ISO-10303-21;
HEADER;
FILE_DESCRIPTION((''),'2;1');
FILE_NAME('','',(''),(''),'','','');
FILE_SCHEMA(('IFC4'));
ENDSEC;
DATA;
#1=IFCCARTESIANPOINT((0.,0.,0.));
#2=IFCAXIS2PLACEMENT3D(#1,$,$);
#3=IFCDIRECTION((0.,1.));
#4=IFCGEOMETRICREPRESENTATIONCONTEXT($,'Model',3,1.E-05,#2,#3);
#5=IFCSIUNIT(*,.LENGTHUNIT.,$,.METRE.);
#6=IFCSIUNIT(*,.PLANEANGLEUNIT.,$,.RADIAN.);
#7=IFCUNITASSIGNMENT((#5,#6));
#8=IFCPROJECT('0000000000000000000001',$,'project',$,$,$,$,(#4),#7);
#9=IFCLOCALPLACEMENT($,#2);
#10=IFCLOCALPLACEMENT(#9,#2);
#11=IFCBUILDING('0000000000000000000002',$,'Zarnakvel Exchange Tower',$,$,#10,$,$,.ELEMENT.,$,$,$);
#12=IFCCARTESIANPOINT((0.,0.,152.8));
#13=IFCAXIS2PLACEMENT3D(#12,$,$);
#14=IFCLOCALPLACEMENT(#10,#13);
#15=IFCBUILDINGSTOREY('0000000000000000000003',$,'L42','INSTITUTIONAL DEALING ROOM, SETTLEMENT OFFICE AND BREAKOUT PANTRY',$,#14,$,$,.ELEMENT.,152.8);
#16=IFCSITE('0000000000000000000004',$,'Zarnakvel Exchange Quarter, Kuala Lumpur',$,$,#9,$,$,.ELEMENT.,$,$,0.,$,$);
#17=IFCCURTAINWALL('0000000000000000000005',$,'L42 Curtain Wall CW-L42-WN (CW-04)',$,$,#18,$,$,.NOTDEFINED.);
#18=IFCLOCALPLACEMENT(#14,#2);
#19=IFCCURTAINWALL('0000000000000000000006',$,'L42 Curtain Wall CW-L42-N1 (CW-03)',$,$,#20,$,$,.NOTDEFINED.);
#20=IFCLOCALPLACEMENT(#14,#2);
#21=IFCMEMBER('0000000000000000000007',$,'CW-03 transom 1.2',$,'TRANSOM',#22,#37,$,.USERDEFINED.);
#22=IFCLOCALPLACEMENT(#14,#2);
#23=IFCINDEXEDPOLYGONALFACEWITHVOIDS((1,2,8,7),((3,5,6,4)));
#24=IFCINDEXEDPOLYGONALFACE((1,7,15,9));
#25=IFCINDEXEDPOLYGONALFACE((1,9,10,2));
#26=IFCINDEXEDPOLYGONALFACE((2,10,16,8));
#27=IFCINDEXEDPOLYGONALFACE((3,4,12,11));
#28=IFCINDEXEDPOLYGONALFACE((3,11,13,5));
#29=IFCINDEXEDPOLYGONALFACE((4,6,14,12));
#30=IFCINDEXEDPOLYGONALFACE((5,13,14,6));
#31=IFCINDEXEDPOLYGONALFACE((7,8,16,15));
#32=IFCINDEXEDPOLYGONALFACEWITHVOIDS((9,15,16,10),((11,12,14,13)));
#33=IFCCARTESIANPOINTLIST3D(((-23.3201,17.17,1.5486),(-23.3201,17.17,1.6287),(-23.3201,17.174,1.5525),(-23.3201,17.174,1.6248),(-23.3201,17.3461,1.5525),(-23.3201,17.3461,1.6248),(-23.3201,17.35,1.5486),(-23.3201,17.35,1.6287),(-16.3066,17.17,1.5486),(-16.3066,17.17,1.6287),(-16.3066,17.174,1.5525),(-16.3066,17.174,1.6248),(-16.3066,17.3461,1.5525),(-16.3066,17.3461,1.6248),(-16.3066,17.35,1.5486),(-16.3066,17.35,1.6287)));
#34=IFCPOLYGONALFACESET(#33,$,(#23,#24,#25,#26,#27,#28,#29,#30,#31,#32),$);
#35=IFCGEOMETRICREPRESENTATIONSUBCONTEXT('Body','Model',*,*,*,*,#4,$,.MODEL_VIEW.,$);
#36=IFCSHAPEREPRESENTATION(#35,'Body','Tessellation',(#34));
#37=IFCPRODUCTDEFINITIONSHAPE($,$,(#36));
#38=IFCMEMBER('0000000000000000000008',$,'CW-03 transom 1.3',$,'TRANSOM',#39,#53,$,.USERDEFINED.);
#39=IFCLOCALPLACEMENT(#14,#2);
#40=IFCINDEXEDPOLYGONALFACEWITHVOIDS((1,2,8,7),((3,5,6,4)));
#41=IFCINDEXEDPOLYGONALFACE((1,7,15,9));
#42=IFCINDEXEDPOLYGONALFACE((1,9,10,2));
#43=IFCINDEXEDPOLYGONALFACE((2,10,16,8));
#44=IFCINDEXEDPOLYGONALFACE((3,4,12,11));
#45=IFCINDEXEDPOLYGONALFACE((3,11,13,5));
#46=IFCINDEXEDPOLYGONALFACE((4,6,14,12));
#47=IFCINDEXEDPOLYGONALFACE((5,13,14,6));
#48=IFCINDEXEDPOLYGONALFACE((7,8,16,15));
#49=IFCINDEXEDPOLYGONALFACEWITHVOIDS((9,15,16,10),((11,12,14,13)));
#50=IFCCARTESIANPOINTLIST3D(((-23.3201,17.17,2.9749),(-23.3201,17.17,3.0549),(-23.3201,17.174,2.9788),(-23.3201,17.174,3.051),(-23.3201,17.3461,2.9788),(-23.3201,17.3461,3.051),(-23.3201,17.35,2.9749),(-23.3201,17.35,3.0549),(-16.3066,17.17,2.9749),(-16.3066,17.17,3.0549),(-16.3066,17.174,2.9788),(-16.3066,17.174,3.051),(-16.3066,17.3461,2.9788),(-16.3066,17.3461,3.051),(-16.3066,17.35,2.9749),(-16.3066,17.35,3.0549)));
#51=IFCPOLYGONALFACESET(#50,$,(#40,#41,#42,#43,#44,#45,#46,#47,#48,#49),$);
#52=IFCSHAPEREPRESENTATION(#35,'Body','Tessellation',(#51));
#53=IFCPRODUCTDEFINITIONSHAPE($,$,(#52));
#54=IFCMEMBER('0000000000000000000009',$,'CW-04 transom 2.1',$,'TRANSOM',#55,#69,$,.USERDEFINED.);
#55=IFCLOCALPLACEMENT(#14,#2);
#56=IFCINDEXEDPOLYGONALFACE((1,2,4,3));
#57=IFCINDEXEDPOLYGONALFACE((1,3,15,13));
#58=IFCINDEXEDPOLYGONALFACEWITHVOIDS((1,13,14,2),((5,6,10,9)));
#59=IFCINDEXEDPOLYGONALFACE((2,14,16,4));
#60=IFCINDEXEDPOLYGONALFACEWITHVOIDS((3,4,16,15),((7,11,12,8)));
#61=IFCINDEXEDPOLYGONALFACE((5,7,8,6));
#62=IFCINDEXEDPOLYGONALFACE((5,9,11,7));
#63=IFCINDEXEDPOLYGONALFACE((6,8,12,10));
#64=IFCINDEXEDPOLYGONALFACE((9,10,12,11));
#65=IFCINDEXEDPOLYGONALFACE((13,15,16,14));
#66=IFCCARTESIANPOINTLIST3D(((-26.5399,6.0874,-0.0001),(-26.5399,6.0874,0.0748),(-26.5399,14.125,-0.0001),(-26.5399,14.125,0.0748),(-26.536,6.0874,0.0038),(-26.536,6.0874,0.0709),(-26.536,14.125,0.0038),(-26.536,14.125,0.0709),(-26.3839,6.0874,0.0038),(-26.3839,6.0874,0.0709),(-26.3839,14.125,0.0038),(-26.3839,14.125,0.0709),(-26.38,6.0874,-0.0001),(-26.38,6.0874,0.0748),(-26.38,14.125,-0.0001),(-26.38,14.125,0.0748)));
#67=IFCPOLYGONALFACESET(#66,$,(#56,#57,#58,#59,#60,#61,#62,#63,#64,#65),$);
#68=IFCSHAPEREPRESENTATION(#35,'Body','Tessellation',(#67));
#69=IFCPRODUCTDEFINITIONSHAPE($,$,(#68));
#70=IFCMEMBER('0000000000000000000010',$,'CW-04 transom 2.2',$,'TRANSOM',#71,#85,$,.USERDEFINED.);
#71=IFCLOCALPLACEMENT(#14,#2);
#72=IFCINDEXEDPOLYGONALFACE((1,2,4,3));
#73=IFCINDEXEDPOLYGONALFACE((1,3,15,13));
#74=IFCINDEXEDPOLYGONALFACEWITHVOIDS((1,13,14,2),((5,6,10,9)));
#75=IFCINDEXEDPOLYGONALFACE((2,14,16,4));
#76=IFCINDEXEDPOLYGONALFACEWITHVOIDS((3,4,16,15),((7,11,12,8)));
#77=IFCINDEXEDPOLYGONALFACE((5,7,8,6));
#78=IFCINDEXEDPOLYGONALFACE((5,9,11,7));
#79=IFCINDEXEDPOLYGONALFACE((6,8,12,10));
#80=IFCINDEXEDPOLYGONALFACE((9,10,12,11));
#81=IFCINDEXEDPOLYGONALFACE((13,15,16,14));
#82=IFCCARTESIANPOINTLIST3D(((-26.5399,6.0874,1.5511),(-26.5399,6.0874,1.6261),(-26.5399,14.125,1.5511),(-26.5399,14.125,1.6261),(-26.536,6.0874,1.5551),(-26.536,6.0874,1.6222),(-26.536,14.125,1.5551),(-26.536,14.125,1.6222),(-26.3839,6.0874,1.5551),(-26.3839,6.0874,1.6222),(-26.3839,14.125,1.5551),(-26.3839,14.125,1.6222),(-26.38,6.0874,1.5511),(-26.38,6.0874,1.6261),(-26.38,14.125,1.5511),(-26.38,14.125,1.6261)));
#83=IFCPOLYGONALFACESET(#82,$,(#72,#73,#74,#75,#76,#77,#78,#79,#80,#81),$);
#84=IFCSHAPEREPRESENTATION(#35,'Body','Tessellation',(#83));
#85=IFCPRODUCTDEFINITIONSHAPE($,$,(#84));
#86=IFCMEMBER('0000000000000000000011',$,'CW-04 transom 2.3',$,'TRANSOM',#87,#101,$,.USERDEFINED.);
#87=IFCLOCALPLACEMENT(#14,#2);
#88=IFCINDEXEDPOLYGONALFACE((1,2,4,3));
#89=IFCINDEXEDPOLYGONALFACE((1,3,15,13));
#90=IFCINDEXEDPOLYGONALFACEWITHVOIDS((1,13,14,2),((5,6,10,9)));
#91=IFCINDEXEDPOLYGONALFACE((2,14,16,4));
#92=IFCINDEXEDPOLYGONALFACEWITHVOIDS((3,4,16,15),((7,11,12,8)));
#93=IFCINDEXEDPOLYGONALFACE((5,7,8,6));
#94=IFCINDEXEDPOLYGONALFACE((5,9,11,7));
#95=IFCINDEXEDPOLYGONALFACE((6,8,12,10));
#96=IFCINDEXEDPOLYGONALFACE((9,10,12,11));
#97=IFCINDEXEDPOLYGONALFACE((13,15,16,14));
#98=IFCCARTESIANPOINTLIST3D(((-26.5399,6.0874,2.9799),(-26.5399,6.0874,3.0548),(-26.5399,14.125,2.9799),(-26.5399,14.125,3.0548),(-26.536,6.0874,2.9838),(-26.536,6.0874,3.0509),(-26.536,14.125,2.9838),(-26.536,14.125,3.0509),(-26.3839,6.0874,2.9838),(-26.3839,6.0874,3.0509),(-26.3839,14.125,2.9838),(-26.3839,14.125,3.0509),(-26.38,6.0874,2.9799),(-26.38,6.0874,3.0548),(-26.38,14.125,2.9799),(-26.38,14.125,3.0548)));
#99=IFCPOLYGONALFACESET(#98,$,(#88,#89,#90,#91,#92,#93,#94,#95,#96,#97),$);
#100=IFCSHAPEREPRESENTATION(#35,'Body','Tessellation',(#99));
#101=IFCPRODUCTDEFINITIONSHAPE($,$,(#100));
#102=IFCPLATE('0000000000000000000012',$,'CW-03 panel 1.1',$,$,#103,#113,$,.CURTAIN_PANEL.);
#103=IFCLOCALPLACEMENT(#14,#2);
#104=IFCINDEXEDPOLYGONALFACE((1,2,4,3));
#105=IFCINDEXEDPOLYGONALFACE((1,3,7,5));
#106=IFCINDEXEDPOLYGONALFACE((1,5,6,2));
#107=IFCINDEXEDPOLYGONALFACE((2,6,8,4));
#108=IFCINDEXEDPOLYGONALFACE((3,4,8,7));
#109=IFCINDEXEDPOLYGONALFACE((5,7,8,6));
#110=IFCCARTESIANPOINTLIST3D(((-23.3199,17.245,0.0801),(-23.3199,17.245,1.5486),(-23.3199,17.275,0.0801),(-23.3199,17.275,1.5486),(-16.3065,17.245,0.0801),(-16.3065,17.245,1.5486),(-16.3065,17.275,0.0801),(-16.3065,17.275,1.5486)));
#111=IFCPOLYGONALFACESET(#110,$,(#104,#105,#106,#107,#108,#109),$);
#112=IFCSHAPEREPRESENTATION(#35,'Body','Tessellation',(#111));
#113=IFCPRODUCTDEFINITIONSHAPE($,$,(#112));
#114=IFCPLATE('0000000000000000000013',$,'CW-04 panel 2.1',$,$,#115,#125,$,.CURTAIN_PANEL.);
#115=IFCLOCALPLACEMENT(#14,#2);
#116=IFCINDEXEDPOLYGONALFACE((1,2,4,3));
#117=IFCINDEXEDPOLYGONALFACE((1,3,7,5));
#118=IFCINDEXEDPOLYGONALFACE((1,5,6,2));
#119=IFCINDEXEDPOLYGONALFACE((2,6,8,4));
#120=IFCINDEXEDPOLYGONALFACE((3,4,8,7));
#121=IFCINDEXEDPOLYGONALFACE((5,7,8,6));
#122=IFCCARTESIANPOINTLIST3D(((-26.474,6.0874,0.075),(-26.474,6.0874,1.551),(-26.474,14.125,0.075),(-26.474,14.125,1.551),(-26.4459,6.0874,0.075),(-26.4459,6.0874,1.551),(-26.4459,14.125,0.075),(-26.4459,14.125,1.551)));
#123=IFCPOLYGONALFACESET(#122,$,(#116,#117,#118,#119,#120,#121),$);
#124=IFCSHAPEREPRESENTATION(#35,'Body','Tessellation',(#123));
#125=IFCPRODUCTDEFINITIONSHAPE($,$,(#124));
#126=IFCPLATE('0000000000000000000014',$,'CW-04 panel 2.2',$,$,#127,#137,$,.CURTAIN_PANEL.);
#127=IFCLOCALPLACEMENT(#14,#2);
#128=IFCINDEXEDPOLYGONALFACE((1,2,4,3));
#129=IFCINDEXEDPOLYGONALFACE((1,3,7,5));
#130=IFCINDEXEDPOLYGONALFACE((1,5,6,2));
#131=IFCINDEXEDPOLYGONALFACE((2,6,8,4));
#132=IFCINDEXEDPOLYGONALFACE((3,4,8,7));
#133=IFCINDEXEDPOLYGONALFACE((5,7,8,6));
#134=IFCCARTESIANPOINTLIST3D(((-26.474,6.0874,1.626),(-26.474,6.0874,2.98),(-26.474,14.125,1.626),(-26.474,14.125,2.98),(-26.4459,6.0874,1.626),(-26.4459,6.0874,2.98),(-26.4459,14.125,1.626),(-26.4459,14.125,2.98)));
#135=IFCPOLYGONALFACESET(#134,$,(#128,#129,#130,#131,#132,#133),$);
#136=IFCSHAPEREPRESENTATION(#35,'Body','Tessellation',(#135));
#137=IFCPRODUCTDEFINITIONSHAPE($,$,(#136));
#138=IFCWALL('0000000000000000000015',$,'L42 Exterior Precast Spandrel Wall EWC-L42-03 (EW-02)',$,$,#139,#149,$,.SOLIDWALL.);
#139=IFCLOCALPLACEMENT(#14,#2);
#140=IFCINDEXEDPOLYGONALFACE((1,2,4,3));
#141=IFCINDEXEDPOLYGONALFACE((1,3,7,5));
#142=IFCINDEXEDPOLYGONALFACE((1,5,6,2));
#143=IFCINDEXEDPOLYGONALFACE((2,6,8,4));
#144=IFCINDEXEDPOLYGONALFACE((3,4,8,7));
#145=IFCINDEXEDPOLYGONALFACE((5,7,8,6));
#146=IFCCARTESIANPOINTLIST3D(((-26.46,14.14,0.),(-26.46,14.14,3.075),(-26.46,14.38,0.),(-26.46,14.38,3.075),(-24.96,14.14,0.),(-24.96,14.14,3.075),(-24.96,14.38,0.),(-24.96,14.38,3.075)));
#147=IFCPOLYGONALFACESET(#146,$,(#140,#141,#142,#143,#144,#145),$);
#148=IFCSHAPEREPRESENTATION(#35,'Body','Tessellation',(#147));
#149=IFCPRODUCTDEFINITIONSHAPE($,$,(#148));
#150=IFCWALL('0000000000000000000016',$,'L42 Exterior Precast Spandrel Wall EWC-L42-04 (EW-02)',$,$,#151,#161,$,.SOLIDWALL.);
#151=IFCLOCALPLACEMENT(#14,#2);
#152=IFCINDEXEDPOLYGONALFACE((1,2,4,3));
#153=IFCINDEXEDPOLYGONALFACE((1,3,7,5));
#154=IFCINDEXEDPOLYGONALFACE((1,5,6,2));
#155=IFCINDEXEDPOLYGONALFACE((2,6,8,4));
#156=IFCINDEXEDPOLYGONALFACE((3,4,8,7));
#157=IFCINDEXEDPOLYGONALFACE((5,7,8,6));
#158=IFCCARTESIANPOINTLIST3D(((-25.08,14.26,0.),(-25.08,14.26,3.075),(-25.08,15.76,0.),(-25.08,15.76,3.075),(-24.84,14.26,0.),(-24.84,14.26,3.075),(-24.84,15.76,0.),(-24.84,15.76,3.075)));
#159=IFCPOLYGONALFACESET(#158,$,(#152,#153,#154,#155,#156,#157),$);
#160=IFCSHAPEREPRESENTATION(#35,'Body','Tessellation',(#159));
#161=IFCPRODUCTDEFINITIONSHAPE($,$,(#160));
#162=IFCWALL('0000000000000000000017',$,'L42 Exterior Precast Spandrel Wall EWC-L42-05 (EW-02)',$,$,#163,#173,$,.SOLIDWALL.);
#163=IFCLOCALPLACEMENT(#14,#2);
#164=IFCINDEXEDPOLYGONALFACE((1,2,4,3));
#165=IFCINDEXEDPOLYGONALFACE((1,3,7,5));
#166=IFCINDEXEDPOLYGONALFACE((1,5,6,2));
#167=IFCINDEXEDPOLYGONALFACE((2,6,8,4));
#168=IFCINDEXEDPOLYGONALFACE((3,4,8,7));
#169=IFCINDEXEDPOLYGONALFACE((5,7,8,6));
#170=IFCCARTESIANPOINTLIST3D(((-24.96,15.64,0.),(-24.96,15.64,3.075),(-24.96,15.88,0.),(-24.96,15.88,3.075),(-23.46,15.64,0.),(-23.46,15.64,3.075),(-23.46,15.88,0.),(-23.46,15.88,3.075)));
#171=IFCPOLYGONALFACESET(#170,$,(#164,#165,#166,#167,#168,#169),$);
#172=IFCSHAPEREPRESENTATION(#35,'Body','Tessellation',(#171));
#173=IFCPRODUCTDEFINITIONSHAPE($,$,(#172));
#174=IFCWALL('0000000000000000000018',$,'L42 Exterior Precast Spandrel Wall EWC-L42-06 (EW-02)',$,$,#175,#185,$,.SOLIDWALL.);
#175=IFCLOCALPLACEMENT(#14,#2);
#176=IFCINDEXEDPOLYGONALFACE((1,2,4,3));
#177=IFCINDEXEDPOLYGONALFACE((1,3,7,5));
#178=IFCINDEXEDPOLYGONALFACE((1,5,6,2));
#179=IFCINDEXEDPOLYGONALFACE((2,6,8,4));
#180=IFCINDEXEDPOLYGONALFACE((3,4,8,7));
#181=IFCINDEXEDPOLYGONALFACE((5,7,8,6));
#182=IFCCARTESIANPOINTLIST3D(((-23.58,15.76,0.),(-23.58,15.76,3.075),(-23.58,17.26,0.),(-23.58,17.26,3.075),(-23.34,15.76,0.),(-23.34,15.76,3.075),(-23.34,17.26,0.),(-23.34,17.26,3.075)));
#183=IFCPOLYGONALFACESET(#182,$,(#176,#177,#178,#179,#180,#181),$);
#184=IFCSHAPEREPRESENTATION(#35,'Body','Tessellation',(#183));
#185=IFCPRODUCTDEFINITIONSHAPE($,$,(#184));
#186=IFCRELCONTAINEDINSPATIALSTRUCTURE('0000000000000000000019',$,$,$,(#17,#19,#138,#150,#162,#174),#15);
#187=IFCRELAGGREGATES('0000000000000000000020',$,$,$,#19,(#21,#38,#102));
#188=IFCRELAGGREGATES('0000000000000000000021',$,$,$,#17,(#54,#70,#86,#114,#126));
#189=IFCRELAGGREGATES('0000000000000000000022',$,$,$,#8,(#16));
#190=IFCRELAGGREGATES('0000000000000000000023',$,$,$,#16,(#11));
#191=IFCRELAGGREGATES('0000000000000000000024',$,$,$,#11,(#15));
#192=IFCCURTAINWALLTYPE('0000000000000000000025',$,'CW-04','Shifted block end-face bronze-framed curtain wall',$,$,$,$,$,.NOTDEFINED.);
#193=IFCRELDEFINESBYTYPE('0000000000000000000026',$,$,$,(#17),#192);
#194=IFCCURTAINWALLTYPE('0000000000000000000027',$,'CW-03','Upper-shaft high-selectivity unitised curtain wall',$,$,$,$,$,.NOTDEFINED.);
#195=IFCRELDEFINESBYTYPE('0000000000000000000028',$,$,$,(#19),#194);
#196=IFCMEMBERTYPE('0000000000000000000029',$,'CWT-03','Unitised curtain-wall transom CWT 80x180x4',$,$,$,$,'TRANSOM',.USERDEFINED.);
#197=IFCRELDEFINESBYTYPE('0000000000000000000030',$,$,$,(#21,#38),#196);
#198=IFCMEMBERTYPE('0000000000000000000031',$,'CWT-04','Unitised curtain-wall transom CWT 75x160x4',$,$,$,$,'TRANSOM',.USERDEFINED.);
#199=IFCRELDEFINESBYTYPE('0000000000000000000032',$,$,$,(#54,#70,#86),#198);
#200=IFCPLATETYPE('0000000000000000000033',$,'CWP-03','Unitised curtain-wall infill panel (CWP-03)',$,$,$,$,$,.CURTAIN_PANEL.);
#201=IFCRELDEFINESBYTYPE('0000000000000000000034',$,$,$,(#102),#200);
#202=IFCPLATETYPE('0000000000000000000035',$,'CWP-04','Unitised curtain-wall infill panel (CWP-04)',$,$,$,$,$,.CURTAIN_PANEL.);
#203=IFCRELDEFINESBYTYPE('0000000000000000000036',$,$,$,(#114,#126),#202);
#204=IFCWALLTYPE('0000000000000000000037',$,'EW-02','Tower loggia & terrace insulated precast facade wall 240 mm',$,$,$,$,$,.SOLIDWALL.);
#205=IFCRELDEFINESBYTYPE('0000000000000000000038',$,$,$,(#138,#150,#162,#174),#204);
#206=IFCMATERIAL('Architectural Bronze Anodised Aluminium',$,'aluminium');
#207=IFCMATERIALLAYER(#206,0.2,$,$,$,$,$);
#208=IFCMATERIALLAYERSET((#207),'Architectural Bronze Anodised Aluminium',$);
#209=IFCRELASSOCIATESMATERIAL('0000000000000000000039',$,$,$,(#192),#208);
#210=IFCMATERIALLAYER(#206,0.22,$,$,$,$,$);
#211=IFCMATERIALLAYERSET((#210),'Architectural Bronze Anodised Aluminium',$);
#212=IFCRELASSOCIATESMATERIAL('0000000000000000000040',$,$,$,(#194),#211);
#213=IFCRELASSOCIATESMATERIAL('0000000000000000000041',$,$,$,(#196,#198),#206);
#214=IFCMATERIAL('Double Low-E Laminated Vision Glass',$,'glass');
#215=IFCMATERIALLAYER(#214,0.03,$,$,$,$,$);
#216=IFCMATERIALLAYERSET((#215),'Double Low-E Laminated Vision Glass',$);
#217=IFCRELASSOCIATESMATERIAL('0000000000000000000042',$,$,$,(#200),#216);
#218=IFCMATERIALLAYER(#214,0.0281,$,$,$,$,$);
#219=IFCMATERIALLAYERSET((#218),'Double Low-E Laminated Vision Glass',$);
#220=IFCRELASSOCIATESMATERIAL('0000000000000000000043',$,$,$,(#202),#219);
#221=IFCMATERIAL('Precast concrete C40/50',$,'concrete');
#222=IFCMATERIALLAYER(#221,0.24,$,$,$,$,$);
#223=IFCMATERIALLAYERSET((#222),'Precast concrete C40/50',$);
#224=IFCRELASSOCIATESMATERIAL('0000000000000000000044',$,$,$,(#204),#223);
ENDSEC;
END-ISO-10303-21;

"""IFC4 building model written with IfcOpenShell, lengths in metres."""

from ifc_helpers import new_model, si_unit, direction, frame, frame_2d, origin, origin_2d, place, context, subcontext, project, spatial, rectangle, hollow_rectangle, extrude, source, transform, mapped, material, layer, layer_set, material_profile, profile_set, type_object, element, aggregate, save


model = new_model("IFC4")

# Units and contexts
model_context = context("Model", 3, precision=1e-05, world=origin(), true_north=direction((0.0, 1.0)))
body_context = subcontext(model_context, "Body", "Model", "MODEL_VIEW")
ifc_project = project(units=[si_unit("LENGTHUNIT", "METRE"), si_unit("PLANEANGLEUNIT", "RADIAN")], contexts=[model_context])

# Site, building, storey
site_placement = place(None, origin())
site = spatial("IfcSite", under=ifc_project, at=site_placement, Name="Zarnakvel Exchange Quarter, Kuala Lumpur", CompositionType="ELEMENT", RefElevation=0.0)
building_placement = place(site_placement, origin())
building = spatial("IfcBuilding", under=site, at=building_placement, Name="Zarnakvel Exchange Tower", CompositionType="ELEMENT")
storey_placement = place(building_placement, frame((0.0, 0.0, 152.8)))
storey = spatial("IfcBuildingStorey", under=building, at=storey_placement, Name="L42", Description="INSTITUTIONAL DEALING ROOM, SETTLEMENT OFFICE AND BREAKOUT PANTRY", CompositionType="ELEMENT", Elevation=152.8)

# Curtain walls, members
ifc_material_1 = material(Name="Architectural Bronze Anodised Aluminium", Category="aluminium")
ifc_layer_1 = layer(ifc_material_1, 0.2)
ifc_layer_set_1 = layer_set([ifc_layer_1], Name="Architectural Bronze Anodised Aluminium")
curtain_wall_type_1 = type_object("IfcCurtainWallType", Name="CW-04", Description="Shifted block end-face bronze-framed curtain wall", PredefinedType="NOTDEFINED", material=ifc_layer_set_1)
curtain_wall_1_placement = place(storey_placement, origin())
curtain_wall_1 = element("IfcCurtainWall", 1, at=curtain_wall_1_placement, inside=storey, type_object=curtain_wall_type_1, Name="L42 Curtain Wall CW-L42-WN (CW-04)", PredefinedType="NOTDEFINED")
ifc_layer_2 = layer(ifc_material_1, 0.22)
ifc_layer_set_2 = layer_set([ifc_layer_2], Name="Architectural Bronze Anodised Aluminium")
curtain_wall_type_2 = type_object("IfcCurtainWallType", Name="CW-03", Description="Upper-shaft high-selectivity unitised curtain wall", PredefinedType="NOTDEFINED", material=ifc_layer_set_2)
curtain_wall_2_placement = place(storey_placement, origin())
curtain_wall_2 = element("IfcCurtainWall", 2, at=curtain_wall_2_placement, inside=storey, type_object=curtain_wall_type_2, Name="L42 Curtain Wall CW-L42-N1 (CW-03)", PredefinedType="NOTDEFINED")
ifc_material_profile_1 = material_profile(ifc_material_1, hollow_rectangle(XDim=0.1799, YDim=0.0801, WallThickness=0.0039, at=origin_2d()))
ifc_profile_set_1 = profile_set([ifc_material_profile_1], Name="Architectural Bronze Anodised Aluminium")
member_type_1 = type_object("IfcMemberType", Name="CWT-03", Description="Unitised curtain-wall transom CWT 80x180x4", ElementType="TRANSOM", PredefinedType="USERDEFINED", material=ifc_profile_set_1)
shared_shape_1 = source(origin(), body_context, "Body", "SweptSolid", [
    extrude(hollow_rectangle(XDim=0.1799, YDim=0.0801, WallThickness=0.0039, at=origin_2d()), origin(), (0.0, 0.0, 1.0), 7.0134),
])
member_1_placement = place(storey_placement, frame((-23.3201, 17.26, 1.5886), z_axis=(1.0, 0.0, 0.0), x_axis=(0.0, 1.0, 0.0)))
member_1 = element("IfcMember", 3, at=member_1_placement, type_object=member_type_1, Name="CW-03 transom 1.2", ObjectType="TRANSOM", PredefinedType="USERDEFINED", context=body_context, shape_type="MappedRepresentation", body=[
    mapped(shared_shape_1, transform((0.0, 0.0, 0.0), x_axis=(1.0, 0.0, 0.0), y_axis=(0.0, 1.0, 0.0), z_axis=(0.0, 0.0, 1.0), scale=1.0)),
])
member_2_placement = place(storey_placement, frame((-23.3201, 17.26, 3.0149), z_axis=(1.0, 0.0, 0.0), x_axis=(0.0, 1.0, 0.0)))
member_2 = element("IfcMember", 4, at=member_2_placement, type_object=member_type_1, Name="CW-03 transom 1.3", ObjectType="TRANSOM", PredefinedType="USERDEFINED", context=body_context, shape_type="MappedRepresentation", body=[
    mapped(shared_shape_1, transform((0.0, 0.0, 0.0), x_axis=(1.0, 0.0, 0.0), y_axis=(0.0, 1.0, 0.0), z_axis=(0.0, 0.0, 1.0), scale=1.0)),
])

# Members
ifc_material_profile_2 = material_profile(ifc_material_1, hollow_rectangle(XDim=0.1599, YDim=0.075, WallThickness=0.0039, at=origin_2d()))
ifc_profile_set_2 = profile_set([ifc_material_profile_2], Name="Architectural Bronze Anodised Aluminium")
member_type_2 = type_object("IfcMemberType", Name="CWT-04", Description="Unitised curtain-wall transom CWT 75x160x4", ElementType="TRANSOM", PredefinedType="USERDEFINED", material=ifc_profile_set_2)
shared_shape_2 = source(origin(), body_context, "Body", "SweptSolid", [
    extrude(hollow_rectangle(XDim=0.1599, YDim=0.075, WallThickness=0.0039, at=origin_2d()), origin(), (0.0, 0.0, 1.0), 8.0376),
])
member_3_placement = place(storey_placement, frame((-26.46, 6.0874, 0.0374), z_axis=(0.0, 1.0, 0.0), x_axis=(-1.0, 0.0, 0.0)))
member_3 = element("IfcMember", 5, at=member_3_placement, type_object=member_type_2, Name="CW-04 transom 2.1", ObjectType="TRANSOM", PredefinedType="USERDEFINED", context=body_context, shape_type="MappedRepresentation", body=[
    mapped(shared_shape_2, transform((0.0, 0.0, 0.0), x_axis=(1.0, 0.0, 0.0), y_axis=(0.0, 1.0, 0.0), z_axis=(0.0, 0.0, 1.0), scale=1.0)),
])
member_4_placement = place(storey_placement, frame((-26.46, 6.0874, 1.5886), z_axis=(0.0, 1.0, 0.0), x_axis=(-1.0, 0.0, 0.0)))
member_4 = element("IfcMember", 6, at=member_4_placement, type_object=member_type_2, Name="CW-04 transom 2.2", ObjectType="TRANSOM", PredefinedType="USERDEFINED", context=body_context, shape_type="MappedRepresentation", body=[
    mapped(shared_shape_2, transform((0.0, 0.0, 0.0), x_axis=(1.0, 0.0, 0.0), y_axis=(0.0, 1.0, 0.0), z_axis=(0.0, 0.0, 1.0), scale=1.0)),
])
member_5_placement = place(storey_placement, frame((-26.46, 6.0874, 3.0173), z_axis=(0.0, 1.0, 0.0), x_axis=(-1.0, 0.0, 0.0)))
member_5 = element("IfcMember", 7, at=member_5_placement, type_object=member_type_2, Name="CW-04 transom 2.3", ObjectType="TRANSOM", PredefinedType="USERDEFINED", context=body_context, shape_type="MappedRepresentation", body=[
    mapped(shared_shape_2, transform((0.0, 0.0, 0.0), x_axis=(1.0, 0.0, 0.0), y_axis=(0.0, 1.0, 0.0), z_axis=(0.0, 0.0, 1.0), scale=1.0)),
])

# Plates
ifc_material_2 = material(Name="Double Low-E Laminated Vision Glass", Category="glass")
ifc_layer_3 = layer(ifc_material_2, 0.03)
ifc_layer_set_3 = layer_set([ifc_layer_3], Name="Double Low-E Laminated Vision Glass")
plate_type_1 = type_object("IfcPlateType", Name="CWP-03", Description="Unitised curtain-wall infill panel (CWP-03)", PredefinedType="CURTAIN_PANEL", material=ifc_layer_set_3)
shared_shape_3 = source(origin(), body_context, "Body", "SweptSolid", [
    extrude(rectangle(XDim=7.0134, YDim=0.03, at=origin_2d()), origin(), (0.0, 0.0, 1.0), 1.4685),
])
plate_1_placement = place(storey_placement, frame((-19.8132, 17.26, 0.0801), z_axis=(0.0, 0.0, 1.0), x_axis=(1.0, 0.0, 0.0)))
plate_1 = element("IfcPlate", 8, at=plate_1_placement, type_object=plate_type_1, Name="CW-03 panel 1.1", PredefinedType="CURTAIN_PANEL", context=body_context, shape_type="MappedRepresentation", body=[
    mapped(shared_shape_3, transform((0.0, 0.0, 0.0), x_axis=(1.0, 0.0, 0.0), y_axis=(0.0, 1.0, 0.0), z_axis=(0.0, 0.0, 1.0), scale=1.0)),
])
aggregate(curtain_wall_2, [member_1, member_2, plate_1])
ifc_layer_4 = layer(ifc_material_2, 0.0281)
ifc_layer_set_4 = layer_set([ifc_layer_4], Name="Double Low-E Laminated Vision Glass")
plate_type_2 = type_object("IfcPlateType", Name="CWP-04", Description="Unitised curtain-wall infill panel (CWP-04)", PredefinedType="CURTAIN_PANEL", material=ifc_layer_set_4)
shared_shape_4 = source(origin(), body_context, "Body", "SweptSolid", [
    extrude(rectangle(XDim=8.0376, YDim=0.0281, at=origin_2d()), origin(), (0.0, 0.0, 1.0), 1.4761),
])
plate_2_placement = place(storey_placement, frame((-26.46, 10.1062, 0.075), z_axis=(0.0, 0.0, 1.0), x_axis=(0.0, 1.0, 0.0)))
plate_2 = element("IfcPlate", 9, at=plate_2_placement, type_object=plate_type_2, Name="CW-04 panel 2.1", PredefinedType="CURTAIN_PANEL", context=body_context, shape_type="MappedRepresentation", body=[
    mapped(shared_shape_4, transform((0.0, 0.0, 0.0), x_axis=(1.0, 0.0, 0.0), y_axis=(0.0, 1.0, 0.0), z_axis=(0.0, 0.0, 1.0), scale=1.0)),
])
shared_shape_5 = source(origin(), body_context, "Body", "SweptSolid", [
    extrude(rectangle(XDim=8.0376, YDim=0.0281, at=origin_2d()), origin(), (0.0, 0.0, 1.0), 1.354),
])
plate_3_placement = place(storey_placement, frame((-26.46, 10.1062, 1.626), z_axis=(0.0, 0.0, 1.0), x_axis=(0.0, 1.0, 0.0)))
plate_3 = element("IfcPlate", 10, at=plate_3_placement, type_object=plate_type_2, Name="CW-04 panel 2.2", PredefinedType="CURTAIN_PANEL", context=body_context, shape_type="MappedRepresentation", body=[
    mapped(shared_shape_5, transform((0.0, 0.0, 0.0), x_axis=(1.0, 0.0, 0.0), y_axis=(0.0, 1.0, 0.0), z_axis=(0.0, 0.0, 1.0), scale=1.0)),
])
aggregate(curtain_wall_1, [member_3, member_4, member_5, plate_2, plate_3])

# Walls
ifc_material_3 = material(Name="Precast concrete C40/50", Category="concrete")
ifc_layer_5 = layer(ifc_material_3, 0.24)
ifc_layer_set_5 = layer_set([ifc_layer_5], Name="Precast concrete C40/50")
wall_type_1 = type_object("IfcWallType", Name="EW-02", Description="Tower loggia & terrace insulated precast facade wall 240 mm", PredefinedType="SOLIDWALL", material=ifc_layer_set_5)
for number, where, z_axis, x_axis, name in (
    (11, (-24.96, 14.26, 0.0), (0.0, 0.0, 1.0), (-1.0, 0.0, 0.0), "L42 Exterior Precast Spandrel Wall EWC-L42-03 (EW-02)"),
    (12, (-24.96, 15.76, 0.0), (0.0, 0.0, 1.0), (0.0, -1.0, 0.0), "L42 Exterior Precast Spandrel Wall EWC-L42-04 (EW-02)"),
    (13, (-23.46, 15.76, 0.0), (0.0, 0.0, 1.0), (-1.0, 0.0, 0.0), "L42 Exterior Precast Spandrel Wall EWC-L42-05 (EW-02)"),
    (14, (-23.46, 17.26, 0.0), (0.0, 0.0, 1.0), (0.0, -1.0, 0.0), "L42 Exterior Precast Spandrel Wall EWC-L42-06 (EW-02)"),
):
    element("IfcWall", number, at=place(storey_placement, frame(where, z_axis=z_axis, x_axis=x_axis)), inside=storey, type_object=wall_type_1, Name=name, PredefinedType="SOLIDWALL", context=body_context, shape_type="SweptSolid", body=[
        extrude(rectangle(XDim=1.5, YDim=0.24, at=frame_2d((0.75, 0.0))), origin(), (0.0, 0.0, 1.0), 3.075),
    ])

save(model, "model.ifc")
